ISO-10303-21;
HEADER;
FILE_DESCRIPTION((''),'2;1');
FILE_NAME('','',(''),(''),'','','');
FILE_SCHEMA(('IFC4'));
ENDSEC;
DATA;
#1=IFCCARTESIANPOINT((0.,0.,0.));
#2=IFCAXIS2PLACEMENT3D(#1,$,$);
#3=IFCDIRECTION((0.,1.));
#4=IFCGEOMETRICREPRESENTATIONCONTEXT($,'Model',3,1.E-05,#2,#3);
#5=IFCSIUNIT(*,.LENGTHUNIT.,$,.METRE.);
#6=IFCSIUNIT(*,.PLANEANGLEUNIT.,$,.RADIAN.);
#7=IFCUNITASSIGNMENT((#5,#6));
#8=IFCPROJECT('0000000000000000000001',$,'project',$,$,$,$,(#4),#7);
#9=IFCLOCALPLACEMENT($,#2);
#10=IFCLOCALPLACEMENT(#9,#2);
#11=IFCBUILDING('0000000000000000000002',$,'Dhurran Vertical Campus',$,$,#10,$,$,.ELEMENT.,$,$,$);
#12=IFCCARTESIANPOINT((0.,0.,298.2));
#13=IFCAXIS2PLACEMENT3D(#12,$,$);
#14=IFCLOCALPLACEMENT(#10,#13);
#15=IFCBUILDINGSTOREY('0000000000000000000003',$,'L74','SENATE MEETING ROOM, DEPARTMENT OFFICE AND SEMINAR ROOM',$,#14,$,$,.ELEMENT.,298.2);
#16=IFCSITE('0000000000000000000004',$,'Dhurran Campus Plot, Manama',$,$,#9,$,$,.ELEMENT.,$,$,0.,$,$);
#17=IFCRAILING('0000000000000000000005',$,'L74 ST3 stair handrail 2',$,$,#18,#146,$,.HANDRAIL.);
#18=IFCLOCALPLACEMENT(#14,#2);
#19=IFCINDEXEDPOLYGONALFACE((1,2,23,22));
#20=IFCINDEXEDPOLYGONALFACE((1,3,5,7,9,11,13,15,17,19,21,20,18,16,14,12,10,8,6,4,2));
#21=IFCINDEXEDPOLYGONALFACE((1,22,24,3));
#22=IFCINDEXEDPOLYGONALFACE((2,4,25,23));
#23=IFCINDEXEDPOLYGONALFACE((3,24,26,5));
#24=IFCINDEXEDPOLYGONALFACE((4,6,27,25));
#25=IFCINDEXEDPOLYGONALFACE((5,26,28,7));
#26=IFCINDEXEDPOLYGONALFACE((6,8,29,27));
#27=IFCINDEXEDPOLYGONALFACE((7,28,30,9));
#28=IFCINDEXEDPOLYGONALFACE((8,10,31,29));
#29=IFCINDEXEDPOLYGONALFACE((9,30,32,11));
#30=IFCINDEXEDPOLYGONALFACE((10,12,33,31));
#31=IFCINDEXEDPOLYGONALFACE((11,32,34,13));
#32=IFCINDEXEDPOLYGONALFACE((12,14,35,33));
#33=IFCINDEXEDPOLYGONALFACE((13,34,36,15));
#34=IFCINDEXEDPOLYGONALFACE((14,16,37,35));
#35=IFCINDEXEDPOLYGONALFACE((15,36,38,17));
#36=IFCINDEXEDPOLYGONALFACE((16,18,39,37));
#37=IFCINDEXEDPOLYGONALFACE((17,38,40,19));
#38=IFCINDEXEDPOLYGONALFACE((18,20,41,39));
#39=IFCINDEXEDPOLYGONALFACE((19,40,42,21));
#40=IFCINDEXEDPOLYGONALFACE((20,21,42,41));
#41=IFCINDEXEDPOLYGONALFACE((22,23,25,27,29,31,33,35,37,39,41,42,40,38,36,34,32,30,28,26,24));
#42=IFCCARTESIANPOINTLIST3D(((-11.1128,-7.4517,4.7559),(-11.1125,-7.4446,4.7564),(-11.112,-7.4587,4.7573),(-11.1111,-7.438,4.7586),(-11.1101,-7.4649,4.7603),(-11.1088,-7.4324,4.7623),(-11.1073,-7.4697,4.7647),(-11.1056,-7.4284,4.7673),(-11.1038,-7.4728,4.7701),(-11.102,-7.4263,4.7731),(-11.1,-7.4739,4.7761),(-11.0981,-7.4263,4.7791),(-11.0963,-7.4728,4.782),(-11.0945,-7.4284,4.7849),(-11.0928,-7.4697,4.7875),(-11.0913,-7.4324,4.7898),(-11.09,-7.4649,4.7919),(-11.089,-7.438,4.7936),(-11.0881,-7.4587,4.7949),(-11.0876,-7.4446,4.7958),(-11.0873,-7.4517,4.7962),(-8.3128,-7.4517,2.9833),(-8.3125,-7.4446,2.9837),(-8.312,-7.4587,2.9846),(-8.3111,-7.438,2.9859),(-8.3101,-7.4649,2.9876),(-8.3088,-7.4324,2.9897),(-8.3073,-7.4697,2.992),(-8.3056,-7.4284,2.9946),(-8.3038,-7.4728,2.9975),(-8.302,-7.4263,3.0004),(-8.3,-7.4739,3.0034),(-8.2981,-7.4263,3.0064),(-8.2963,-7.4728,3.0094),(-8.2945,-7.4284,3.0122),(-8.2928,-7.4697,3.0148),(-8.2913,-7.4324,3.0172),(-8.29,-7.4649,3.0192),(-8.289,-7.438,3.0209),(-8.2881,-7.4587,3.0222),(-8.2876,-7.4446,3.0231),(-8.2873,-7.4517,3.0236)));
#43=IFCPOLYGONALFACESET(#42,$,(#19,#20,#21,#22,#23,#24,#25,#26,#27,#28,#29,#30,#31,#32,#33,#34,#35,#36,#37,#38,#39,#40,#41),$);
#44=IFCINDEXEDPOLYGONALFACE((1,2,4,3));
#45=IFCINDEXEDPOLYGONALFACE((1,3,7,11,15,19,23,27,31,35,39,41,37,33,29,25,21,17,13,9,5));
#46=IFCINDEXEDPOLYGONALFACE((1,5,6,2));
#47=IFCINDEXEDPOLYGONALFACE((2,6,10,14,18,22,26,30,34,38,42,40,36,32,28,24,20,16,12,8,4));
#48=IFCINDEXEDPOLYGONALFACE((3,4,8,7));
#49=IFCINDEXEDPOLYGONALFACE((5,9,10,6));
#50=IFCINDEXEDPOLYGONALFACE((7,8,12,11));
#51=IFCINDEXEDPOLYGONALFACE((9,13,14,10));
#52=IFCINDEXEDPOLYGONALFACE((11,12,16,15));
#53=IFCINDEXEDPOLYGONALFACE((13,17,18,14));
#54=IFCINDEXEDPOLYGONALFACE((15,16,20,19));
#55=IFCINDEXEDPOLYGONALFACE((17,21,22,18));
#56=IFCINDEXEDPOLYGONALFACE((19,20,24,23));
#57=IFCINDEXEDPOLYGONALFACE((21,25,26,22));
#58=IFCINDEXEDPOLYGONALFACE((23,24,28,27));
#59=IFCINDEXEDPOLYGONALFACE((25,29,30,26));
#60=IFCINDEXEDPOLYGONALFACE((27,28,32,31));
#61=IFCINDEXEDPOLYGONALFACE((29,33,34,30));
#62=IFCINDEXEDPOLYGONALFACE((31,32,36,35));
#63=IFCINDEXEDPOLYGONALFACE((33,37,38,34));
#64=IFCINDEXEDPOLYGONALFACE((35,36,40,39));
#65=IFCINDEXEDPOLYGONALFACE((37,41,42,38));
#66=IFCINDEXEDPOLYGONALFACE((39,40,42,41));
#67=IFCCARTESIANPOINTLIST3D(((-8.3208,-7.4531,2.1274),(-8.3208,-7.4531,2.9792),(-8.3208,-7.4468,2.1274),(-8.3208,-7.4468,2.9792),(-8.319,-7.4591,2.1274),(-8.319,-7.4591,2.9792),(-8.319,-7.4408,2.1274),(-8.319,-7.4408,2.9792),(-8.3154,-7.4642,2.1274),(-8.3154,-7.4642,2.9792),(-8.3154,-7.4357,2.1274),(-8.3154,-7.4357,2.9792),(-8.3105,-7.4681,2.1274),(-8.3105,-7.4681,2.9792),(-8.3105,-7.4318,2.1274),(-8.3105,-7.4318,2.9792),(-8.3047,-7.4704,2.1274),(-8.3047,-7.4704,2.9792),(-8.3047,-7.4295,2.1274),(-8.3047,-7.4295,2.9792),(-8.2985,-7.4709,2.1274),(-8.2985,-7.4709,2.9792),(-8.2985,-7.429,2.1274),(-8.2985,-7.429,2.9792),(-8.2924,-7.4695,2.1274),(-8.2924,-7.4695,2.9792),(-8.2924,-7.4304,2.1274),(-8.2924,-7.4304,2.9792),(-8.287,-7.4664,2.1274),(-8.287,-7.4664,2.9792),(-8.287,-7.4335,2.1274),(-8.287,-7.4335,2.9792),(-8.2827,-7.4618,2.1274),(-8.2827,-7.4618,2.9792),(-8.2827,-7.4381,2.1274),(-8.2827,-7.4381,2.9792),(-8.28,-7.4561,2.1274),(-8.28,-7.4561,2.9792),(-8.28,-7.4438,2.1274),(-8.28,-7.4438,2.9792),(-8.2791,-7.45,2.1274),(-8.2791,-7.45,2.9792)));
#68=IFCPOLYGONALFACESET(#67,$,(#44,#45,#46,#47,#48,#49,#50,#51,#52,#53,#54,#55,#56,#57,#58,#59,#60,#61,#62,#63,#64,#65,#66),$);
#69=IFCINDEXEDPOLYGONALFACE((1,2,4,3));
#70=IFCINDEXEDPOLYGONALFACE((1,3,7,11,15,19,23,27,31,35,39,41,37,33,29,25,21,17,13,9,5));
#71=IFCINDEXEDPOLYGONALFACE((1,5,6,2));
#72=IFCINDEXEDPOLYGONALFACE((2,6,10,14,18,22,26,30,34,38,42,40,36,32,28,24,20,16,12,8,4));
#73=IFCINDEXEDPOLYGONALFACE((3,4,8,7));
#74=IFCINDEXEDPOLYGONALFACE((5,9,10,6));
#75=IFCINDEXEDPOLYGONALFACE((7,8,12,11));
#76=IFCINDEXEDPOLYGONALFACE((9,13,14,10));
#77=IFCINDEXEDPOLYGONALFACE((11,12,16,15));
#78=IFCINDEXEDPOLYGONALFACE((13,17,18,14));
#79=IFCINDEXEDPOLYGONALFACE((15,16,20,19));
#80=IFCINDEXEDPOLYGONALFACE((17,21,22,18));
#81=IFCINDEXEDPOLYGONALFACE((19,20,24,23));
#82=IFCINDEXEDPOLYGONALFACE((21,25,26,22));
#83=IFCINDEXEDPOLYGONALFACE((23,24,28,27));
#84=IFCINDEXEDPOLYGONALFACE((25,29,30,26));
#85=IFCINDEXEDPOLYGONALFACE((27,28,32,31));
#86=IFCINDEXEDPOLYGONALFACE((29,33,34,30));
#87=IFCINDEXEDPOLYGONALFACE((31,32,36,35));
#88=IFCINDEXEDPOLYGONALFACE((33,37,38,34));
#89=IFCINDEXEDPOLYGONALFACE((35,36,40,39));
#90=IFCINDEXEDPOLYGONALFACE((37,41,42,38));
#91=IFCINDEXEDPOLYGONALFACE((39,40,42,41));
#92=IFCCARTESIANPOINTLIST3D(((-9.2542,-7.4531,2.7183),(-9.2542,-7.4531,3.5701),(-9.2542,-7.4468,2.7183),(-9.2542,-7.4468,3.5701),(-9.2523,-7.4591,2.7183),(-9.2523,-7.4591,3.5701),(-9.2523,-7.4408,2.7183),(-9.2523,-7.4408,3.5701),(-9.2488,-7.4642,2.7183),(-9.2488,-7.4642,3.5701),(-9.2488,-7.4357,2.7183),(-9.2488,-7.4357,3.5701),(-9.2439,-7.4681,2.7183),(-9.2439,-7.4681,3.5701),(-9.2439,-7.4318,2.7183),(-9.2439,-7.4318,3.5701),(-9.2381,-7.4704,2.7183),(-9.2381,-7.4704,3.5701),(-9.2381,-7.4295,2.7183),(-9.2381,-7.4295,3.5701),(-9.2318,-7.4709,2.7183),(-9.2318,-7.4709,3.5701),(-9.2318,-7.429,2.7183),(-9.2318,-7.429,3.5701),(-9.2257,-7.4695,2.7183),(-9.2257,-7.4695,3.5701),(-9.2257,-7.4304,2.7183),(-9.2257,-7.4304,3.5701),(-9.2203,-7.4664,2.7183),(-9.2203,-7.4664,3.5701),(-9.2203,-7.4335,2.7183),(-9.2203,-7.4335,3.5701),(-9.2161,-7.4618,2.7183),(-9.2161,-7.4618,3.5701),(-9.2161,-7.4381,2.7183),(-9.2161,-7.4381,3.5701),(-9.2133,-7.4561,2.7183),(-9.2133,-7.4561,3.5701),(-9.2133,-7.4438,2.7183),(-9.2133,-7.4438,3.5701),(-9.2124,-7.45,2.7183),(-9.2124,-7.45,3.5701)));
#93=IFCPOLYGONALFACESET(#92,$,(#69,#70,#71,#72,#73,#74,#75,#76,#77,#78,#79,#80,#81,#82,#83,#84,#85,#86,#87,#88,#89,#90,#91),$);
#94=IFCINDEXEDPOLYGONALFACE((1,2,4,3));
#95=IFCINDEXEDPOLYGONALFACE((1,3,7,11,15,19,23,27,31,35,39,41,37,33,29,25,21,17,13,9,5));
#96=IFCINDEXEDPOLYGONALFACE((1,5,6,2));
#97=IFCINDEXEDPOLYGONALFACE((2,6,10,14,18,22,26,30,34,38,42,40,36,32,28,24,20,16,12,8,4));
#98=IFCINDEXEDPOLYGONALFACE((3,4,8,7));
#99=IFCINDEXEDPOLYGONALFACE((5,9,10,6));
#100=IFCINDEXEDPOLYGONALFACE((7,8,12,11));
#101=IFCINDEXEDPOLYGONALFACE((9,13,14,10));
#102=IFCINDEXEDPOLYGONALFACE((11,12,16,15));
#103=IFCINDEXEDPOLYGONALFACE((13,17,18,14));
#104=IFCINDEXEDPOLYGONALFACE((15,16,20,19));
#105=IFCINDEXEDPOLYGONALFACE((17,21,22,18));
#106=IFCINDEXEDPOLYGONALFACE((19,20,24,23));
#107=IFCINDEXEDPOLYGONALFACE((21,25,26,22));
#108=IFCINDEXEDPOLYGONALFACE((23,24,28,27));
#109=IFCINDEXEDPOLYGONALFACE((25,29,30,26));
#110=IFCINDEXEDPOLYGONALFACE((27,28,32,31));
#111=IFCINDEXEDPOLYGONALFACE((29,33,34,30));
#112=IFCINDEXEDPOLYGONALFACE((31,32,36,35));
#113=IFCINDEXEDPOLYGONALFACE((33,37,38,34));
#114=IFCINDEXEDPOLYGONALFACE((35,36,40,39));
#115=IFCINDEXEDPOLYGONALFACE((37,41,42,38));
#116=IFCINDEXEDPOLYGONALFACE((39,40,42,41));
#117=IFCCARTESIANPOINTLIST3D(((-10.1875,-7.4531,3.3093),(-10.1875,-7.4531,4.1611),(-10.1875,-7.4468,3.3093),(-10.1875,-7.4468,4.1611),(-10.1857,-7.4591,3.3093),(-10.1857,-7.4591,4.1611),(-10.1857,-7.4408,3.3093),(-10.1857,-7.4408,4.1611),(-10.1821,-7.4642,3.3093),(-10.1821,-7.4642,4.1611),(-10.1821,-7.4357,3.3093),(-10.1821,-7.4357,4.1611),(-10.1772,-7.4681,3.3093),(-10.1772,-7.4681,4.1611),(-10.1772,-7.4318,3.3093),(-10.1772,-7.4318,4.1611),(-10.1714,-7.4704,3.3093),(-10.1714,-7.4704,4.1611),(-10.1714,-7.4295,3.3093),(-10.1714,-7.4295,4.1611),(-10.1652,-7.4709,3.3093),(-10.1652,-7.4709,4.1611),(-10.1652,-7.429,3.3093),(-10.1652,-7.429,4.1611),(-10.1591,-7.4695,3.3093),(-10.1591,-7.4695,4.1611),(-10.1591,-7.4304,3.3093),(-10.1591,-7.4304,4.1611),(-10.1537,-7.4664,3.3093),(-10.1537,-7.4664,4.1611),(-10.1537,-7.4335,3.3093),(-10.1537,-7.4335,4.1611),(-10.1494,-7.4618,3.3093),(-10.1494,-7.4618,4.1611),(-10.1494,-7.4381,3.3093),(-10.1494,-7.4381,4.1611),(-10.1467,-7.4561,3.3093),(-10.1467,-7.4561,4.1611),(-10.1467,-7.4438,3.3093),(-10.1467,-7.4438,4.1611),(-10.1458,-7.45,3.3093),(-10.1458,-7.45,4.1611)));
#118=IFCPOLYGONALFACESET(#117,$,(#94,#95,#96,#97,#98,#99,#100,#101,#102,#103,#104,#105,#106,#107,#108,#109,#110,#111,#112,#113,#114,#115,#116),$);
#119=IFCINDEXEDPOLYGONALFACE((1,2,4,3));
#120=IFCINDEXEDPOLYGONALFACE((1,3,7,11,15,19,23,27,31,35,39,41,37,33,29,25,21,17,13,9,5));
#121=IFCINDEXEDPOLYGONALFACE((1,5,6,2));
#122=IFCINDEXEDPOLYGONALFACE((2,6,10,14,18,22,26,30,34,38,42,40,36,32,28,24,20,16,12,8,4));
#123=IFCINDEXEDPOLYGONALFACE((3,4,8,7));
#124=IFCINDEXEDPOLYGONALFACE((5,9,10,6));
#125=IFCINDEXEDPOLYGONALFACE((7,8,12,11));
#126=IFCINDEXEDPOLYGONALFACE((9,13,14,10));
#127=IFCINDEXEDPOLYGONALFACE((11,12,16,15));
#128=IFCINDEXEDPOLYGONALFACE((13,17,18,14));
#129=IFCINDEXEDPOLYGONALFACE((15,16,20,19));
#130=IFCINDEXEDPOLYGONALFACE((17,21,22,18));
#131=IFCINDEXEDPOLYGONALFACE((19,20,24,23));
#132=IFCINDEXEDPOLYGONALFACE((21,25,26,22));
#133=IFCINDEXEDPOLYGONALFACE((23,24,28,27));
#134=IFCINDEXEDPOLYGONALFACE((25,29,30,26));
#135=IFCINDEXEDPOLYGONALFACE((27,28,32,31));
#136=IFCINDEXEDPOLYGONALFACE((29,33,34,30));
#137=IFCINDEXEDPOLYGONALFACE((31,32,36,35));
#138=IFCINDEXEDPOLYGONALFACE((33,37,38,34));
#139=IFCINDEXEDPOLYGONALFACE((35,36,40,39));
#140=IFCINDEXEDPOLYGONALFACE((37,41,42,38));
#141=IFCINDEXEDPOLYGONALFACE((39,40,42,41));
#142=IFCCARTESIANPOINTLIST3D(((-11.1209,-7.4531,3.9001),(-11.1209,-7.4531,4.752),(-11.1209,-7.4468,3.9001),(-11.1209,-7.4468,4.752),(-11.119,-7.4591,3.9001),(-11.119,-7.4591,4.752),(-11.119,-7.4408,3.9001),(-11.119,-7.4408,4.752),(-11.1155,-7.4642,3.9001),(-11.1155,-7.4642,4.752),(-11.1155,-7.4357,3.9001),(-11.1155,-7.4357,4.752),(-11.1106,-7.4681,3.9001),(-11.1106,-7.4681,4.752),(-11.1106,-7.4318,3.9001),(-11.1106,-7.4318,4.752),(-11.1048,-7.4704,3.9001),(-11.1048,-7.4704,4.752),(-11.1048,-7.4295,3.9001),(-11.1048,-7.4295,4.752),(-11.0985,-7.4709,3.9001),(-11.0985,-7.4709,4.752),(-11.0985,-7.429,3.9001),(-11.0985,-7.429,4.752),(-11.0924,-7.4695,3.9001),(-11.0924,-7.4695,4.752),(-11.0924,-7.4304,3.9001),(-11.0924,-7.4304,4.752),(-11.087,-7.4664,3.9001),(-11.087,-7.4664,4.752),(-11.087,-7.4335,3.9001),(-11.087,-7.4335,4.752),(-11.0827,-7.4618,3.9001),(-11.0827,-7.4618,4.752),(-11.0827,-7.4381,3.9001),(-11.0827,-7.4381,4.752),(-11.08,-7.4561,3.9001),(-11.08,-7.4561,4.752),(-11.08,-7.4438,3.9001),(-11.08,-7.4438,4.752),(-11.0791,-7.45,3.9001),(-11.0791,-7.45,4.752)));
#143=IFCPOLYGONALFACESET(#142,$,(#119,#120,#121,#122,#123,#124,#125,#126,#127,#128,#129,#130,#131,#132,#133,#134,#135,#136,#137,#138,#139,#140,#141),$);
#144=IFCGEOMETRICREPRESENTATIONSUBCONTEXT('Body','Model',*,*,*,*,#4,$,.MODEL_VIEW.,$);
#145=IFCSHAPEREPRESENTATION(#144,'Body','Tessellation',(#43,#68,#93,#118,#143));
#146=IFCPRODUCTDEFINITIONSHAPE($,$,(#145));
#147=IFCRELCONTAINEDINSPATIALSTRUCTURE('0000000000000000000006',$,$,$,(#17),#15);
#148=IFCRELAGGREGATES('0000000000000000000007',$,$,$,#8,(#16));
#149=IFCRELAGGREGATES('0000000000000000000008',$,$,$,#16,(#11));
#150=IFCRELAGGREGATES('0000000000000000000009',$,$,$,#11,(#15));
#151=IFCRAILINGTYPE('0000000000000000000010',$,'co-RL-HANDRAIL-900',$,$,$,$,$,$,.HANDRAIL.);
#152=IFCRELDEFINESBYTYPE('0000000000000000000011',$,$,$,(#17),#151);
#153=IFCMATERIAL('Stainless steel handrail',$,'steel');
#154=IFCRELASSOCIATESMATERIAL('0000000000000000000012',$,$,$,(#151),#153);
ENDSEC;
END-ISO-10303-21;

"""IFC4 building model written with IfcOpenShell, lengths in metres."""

from ifc_helpers import new_model, si_unit, direction, frame, origin, origin_2d, place, context, subcontext, project, spatial, circle, extrude, material, type_object, element, save


model = new_model("IFC4")

# Units and contexts
model_context = context("Model", 3, precision=1e-05, world=origin(), true_north=direction((0.0, 1.0)))
body_context = subcontext(model_context, "Body", "Model", "MODEL_VIEW")
ifc_project = project(units=[si_unit("LENGTHUNIT", "METRE"), si_unit("PLANEANGLEUNIT", "RADIAN")], contexts=[model_context])

# Site, building, storey
site_placement = place(None, origin())
site = spatial("IfcSite", under=ifc_project, at=site_placement, Name="Dhurran Campus Plot, Manama", CompositionType="ELEMENT", RefElevation=0.0)
building_placement = place(site_placement, origin())
building = spatial("IfcBuilding", under=site, at=building_placement, Name="Dhurran Vertical Campus", CompositionType="ELEMENT")
storey_placement = place(building_placement, frame((0.0, 0.0, 298.2)))
storey = spatial("IfcBuildingStorey", under=building, at=storey_placement, Name="L74", Description="SENATE MEETING ROOM, DEPARTMENT OFFICE AND SEMINAR ROOM", CompositionType="ELEMENT", Elevation=298.2)

# Railing
ifc_material_1 = material(Name="Stainless steel handrail", Category="steel")
railing_type_1 = type_object("IfcRailingType", Name="co-RL-HANDRAIL-900", PredefinedType="HANDRAIL", material=ifc_material_1)
railing_1_placement = place(storey_placement, frame((-8.3, -7.45, 2.1274)))
element("IfcRailing", 1, at=railing_1_placement, inside=storey, type_object=railing_type_1, Name="L74 ST3 stair handrail 2", PredefinedType="HANDRAIL", context=body_context, shape_type="SweptSolid", body=[
    extrude(circle(Radius=0.0239, at=origin_2d()), frame((0.0, 0.0, 0.876), z_axis=(-0.844909, 0.0, 0.53491), x_axis=(0.0, -1.0, 0.0)), (0.0, 0.0, 1.0), 3.314),
    extrude(circle(Radius=0.021, at=origin_2d()), origin(), (0.0, 0.0, 1.0), 0.8518),
    extrude(circle(Radius=0.021, at=origin_2d()), frame((-0.9333, 0.0, 0.5908)), (0.0, 0.0, 1.0), 0.8518),
    extrude(circle(Radius=0.021, at=origin_2d()), frame((-1.8667, 0.0, 1.1819)), (0.0, 0.0, 1.0), 0.8518),
    extrude(circle(Radius=0.021, at=origin_2d()), frame((-2.8, 0.0, 1.7727)), (0.0, 0.0, 1.0), 0.8518),
])

save(model, "model.ifc")
